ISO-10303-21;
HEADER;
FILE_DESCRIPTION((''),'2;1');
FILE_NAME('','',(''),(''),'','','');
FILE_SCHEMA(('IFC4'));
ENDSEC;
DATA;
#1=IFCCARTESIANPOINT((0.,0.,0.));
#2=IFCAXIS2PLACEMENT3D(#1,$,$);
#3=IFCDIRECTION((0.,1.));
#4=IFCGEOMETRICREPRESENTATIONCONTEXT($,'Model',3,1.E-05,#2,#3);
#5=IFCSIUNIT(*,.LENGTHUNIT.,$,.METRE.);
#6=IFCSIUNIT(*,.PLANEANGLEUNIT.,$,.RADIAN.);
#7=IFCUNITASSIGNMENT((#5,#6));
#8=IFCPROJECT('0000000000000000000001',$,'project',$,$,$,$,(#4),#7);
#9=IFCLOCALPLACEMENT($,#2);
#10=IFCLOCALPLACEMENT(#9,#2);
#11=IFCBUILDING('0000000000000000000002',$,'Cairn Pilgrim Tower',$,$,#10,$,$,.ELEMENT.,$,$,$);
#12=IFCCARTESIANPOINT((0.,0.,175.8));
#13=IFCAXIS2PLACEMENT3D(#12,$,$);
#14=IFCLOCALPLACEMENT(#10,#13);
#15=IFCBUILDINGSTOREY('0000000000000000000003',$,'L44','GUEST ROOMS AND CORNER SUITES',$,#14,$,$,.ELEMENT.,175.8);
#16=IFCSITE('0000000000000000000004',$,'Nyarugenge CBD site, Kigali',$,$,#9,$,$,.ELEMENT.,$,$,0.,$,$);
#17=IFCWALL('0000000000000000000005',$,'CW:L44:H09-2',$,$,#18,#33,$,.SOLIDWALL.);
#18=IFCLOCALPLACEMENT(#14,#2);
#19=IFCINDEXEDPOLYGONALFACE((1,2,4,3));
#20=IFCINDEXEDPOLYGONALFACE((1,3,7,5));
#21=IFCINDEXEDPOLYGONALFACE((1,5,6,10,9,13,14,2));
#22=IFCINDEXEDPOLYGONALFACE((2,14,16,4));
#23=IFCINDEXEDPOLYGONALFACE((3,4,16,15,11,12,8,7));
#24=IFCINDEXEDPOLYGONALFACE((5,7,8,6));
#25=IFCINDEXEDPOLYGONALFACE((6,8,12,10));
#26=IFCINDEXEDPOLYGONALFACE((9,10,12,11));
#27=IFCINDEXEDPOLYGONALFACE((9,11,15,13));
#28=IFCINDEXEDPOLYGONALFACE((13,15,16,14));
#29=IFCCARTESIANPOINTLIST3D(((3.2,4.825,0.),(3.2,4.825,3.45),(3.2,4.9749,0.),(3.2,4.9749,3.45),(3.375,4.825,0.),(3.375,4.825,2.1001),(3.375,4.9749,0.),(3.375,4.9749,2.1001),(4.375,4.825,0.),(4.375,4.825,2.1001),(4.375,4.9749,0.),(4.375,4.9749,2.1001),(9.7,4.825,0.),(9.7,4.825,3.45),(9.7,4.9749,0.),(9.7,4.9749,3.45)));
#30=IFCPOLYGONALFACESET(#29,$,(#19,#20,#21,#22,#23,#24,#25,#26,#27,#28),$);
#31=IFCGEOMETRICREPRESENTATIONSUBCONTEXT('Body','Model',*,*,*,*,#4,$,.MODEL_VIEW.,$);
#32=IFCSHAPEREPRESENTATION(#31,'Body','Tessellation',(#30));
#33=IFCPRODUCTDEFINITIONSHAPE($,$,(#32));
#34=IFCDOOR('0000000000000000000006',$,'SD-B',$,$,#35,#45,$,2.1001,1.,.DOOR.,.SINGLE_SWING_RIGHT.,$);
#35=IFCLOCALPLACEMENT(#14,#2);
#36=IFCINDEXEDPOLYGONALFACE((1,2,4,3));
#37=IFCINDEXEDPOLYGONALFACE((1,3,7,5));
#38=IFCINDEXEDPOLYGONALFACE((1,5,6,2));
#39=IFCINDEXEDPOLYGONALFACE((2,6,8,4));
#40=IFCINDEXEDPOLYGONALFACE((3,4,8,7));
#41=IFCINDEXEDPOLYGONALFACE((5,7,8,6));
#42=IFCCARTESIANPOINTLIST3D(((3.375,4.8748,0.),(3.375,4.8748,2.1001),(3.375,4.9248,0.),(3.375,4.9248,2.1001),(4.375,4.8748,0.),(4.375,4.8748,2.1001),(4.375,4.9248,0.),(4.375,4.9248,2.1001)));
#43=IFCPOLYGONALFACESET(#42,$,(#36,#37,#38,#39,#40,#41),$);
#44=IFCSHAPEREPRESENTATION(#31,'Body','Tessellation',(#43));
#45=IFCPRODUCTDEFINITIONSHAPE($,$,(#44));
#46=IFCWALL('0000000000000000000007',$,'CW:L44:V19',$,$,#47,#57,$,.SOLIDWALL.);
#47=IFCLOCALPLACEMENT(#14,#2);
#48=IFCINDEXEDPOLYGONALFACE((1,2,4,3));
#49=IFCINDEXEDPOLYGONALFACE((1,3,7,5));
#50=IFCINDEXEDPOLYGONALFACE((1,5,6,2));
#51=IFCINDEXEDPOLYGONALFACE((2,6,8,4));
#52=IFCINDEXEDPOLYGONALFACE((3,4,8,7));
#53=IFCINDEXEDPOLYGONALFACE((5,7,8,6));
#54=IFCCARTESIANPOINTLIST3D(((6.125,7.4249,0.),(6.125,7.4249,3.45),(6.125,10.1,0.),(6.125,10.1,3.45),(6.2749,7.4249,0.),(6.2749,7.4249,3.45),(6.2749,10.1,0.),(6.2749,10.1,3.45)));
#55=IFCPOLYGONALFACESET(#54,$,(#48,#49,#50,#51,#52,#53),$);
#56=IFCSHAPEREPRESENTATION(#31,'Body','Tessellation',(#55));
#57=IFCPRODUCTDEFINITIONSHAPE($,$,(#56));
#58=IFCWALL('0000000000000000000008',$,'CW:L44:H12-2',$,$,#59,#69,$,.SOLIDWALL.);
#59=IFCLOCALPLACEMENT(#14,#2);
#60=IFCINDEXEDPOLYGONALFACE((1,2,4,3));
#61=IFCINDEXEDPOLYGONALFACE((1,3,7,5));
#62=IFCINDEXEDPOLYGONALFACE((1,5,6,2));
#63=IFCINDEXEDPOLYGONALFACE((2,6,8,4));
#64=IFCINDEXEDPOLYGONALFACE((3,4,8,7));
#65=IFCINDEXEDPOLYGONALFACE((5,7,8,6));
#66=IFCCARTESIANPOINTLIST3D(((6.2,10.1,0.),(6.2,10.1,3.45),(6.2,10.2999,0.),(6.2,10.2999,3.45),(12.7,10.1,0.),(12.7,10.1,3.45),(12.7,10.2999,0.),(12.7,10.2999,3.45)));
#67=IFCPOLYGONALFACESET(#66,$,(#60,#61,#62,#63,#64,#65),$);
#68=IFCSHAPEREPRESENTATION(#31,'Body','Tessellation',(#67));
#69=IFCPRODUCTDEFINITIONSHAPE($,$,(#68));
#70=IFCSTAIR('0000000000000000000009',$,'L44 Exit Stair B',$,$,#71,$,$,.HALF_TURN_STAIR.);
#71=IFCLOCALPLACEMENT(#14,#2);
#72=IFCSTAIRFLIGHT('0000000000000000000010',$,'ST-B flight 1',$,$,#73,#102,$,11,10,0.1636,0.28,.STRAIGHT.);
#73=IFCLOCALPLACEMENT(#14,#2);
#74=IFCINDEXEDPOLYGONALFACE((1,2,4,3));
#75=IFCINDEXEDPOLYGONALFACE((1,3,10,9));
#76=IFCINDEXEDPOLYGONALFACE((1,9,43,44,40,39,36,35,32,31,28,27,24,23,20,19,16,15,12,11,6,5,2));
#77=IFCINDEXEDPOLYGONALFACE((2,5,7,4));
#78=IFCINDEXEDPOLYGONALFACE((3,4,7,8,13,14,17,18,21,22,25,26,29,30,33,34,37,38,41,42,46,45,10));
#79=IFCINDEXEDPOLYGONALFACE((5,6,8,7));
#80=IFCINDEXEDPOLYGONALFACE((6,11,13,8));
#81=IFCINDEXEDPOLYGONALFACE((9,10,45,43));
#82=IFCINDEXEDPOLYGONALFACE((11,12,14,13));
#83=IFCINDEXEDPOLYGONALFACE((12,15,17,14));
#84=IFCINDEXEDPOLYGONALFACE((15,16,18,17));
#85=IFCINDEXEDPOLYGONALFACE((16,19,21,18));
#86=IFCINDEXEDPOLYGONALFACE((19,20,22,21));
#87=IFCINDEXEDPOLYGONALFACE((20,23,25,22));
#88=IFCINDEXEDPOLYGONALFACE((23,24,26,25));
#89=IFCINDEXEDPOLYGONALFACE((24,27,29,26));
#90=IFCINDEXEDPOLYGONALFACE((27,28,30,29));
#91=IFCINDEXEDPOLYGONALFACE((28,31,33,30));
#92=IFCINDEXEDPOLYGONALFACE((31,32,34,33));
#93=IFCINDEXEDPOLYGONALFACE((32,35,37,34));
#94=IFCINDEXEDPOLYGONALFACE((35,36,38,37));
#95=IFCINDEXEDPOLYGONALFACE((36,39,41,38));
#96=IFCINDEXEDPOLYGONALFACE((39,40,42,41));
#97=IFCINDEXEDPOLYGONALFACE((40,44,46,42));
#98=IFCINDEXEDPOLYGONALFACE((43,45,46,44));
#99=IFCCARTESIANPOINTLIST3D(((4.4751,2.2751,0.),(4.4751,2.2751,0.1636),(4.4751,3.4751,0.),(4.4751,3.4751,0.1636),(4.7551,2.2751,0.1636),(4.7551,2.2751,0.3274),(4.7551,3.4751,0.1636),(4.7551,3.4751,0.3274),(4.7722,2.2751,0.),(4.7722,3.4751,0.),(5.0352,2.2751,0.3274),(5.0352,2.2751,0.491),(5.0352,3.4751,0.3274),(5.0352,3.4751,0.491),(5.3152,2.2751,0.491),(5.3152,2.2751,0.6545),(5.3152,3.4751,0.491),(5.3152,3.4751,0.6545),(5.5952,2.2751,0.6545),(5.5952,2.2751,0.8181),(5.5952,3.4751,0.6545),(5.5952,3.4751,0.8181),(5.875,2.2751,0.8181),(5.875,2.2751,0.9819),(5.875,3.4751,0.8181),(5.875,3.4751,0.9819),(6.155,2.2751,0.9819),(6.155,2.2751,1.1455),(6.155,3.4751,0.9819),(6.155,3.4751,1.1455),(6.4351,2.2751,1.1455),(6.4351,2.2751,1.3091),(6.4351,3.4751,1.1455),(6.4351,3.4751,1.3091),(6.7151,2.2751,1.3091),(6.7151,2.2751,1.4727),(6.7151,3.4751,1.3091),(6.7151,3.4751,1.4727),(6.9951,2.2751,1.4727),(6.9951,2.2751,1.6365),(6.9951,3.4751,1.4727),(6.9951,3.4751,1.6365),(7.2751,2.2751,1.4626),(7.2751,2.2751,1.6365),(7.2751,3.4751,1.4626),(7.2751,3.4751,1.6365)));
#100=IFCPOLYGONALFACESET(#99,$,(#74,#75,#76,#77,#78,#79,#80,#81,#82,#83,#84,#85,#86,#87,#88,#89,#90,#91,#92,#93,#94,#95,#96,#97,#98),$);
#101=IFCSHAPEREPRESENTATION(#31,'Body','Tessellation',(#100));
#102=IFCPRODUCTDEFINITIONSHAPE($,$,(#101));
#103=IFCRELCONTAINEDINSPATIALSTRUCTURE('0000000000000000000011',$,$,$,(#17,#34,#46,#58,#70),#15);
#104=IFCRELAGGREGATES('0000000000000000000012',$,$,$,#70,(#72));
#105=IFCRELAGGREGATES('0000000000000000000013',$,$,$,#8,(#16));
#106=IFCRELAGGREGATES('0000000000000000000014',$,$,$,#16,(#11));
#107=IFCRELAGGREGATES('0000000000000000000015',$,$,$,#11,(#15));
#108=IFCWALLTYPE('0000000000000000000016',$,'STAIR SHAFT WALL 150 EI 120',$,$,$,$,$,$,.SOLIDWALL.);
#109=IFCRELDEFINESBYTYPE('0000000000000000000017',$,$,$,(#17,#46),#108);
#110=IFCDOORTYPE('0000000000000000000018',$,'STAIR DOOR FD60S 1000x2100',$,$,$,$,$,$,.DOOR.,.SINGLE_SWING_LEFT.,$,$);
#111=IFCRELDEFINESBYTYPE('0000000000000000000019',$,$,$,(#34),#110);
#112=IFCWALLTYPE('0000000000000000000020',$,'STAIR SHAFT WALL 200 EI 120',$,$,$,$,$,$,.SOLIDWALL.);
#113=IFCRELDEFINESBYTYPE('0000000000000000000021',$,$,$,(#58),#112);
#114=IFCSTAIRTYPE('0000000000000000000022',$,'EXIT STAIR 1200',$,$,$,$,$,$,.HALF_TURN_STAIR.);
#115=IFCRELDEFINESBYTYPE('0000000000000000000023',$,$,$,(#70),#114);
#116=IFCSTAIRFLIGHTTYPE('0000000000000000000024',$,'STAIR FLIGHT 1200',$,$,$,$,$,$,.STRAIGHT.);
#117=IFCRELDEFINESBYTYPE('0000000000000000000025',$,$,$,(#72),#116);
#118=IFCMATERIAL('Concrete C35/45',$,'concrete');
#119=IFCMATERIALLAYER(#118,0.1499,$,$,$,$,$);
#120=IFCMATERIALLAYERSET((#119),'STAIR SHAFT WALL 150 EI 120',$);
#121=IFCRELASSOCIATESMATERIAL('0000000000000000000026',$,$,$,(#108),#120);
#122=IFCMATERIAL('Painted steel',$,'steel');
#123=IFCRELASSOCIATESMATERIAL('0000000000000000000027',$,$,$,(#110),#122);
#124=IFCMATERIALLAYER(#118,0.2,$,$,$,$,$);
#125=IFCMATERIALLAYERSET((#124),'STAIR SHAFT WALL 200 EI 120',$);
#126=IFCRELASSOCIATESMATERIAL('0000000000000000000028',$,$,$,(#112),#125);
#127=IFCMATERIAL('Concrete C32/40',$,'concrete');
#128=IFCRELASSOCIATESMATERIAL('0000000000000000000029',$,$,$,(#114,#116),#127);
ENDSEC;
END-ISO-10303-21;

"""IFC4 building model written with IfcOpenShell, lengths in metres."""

from ifc_helpers import new_model, si_unit, direction, frame, frame_2d, origin, place, context, subcontext, project, spatial, polyline, rectangle, outline, extrude, material, layer, layer_set, type_object, element, fill, aggregate, save


model = new_model("IFC4")

# Units and contexts
model_context = context("Model", 3, precision=1e-05, world=origin(), true_north=direction((0.0, 1.0)))
body_context = subcontext(model_context, "Body", "Model", "MODEL_VIEW")
ifc_project = project(units=[si_unit("LENGTHUNIT", "METRE"), si_unit("PLANEANGLEUNIT", "RADIAN")], contexts=[model_context])

# Site, building, storey
site_placement = place(None, origin())
site = spatial("IfcSite", under=ifc_project, at=site_placement, Name="Nyarugenge CBD site, Kigali", CompositionType="ELEMENT", RefElevation=0.0)
building_placement = place(site_placement, origin())
building = spatial("IfcBuilding", under=site, at=building_placement, Name="Cairn Pilgrim Tower", CompositionType="ELEMENT")
storey_placement = place(building_placement, frame((0.0, 0.0, 175.8)))
storey = spatial("IfcBuildingStorey", under=building, at=storey_placement, Name="L44", Description="GUEST ROOMS AND CORNER SUITES", CompositionType="ELEMENT", Elevation=175.8)

# Shared definitions
ifc_material_1 = material(Name="Concrete C32/40", Category="concrete")

# Wall, opening, door
ifc_material_2 = material(Name="Concrete C35/45", Category="concrete")
ifc_layer_1 = layer(ifc_material_2, 0.1499)
ifc_layer_set_1 = layer_set([ifc_layer_1], Name="STAIR SHAFT WALL 150 EI 120")
wall_type_1 = type_object("IfcWallType", Name="STAIR SHAFT WALL 150 EI 120", PredefinedType="SOLIDWALL", material=ifc_layer_set_1)
wall_1_placement = place(storey_placement, frame((3.2, 4.8999, 0.0), z_axis=(0.0, 0.0, 1.0), x_axis=(1.0, 0.0, 0.0)))
wall_1 = element("IfcWall", 1, at=wall_1_placement, inside=storey, type_object=wall_type_1, Name="CW:L44:H09-2", PredefinedType="SOLIDWALL", context=body_context, shape_type="SweptSolid", body=[
    extrude(rectangle(XDim=6.5, YDim=0.1499, at=frame_2d((3.25, 0.0))), origin(), (0.0, 0.0, 1.0), 3.45),
])
opening_1_placement = place(wall_1_placement, frame((0.175, 0.0, 0.0)))
opening_1 = element("IfcOpeningElement", 2, at=opening_1_placement, cuts=wall_1, PredefinedType="OPENING", context=body_context, shape_type="SweptSolid", body=[
    extrude(rectangle(XDim=1.0, YDim=2.1001, at=frame_2d((0.5, 1.05))), frame((0.0, 0.085, 0.0), z_axis=(0.0, -1.0, 0.0), x_axis=(1.0, 0.0, 0.0)), (0.0, 0.0, 1.0), 0.1699),
])
ifc_material_3 = material(Name="Painted steel", Category="steel")
door_type_1 = type_object("IfcDoorType", Name="STAIR DOOR FD60S 1000x2100", OperationType="SINGLE_SWING_LEFT", PredefinedType="DOOR", material=ifc_material_3)
door_1_placement = place(opening_1_placement, origin())
door_1 = element("IfcDoor", 3, at=door_1_placement, inside=storey, type_object=door_type_1, Name="SD-B", OperationType="SINGLE_SWING_RIGHT", OverallHeight=2.1001, OverallWidth=1.0, PredefinedType="DOOR", context=body_context, shape_type="SweptSolid", body=[
    extrude(rectangle(XDim=1.0, YDim=2.1001, at=frame_2d((0.5, 1.05))), frame((0.0, 0.0249, 0.0), z_axis=(0.0, -1.0, 0.0), x_axis=(1.0, 0.0, 0.0)), (0.0, 0.0, 1.0), 0.05),
])
fill(opening_1, door_1)

# Walls
wall_2_placement = place(storey_placement, frame((6.2, 7.425, 0.0), z_axis=(0.0, 0.0, 1.0), x_axis=(0.0, 1.0, 0.0)))
element("IfcWall", 4, at=wall_2_placement, inside=storey, type_object=wall_type_1, Name="CW:L44:V19", PredefinedType="SOLIDWALL", context=body_context, shape_type="SweptSolid", body=[
    extrude(rectangle(XDim=2.675, YDim=0.1499, at=frame_2d((1.3374, 0.0))), origin(), (0.0, 0.0, 1.0), 3.45),
])
ifc_layer_2 = layer(ifc_material_2, 0.2)
ifc_layer_set_2 = layer_set([ifc_layer_2], Name="STAIR SHAFT WALL 200 EI 120")
wall_type_2 = type_object("IfcWallType", Name="STAIR SHAFT WALL 200 EI 120", PredefinedType="SOLIDWALL", material=ifc_layer_set_2)
wall_3_placement = place(storey_placement, frame((6.2, 10.2, 0.0), z_axis=(0.0, 0.0, 1.0), x_axis=(1.0, 0.0, 0.0)))
element("IfcWall", 5, at=wall_3_placement, inside=storey, type_object=wall_type_2, Name="CW:L44:H12-2", PredefinedType="SOLIDWALL", context=body_context, shape_type="SweptSolid", body=[
    extrude(rectangle(XDim=6.5, YDim=0.2, at=frame_2d((3.25, 0.0))), origin(), (0.0, 0.0, 1.0), 3.45),
])

# Stair, stair flight
stair_type = type_object("IfcStairType", Name="EXIT STAIR 1200", PredefinedType="HALF_TURN_STAIR", material=ifc_material_1)
stair_placement = place(storey_placement, origin())
stair = element("IfcStair", 6, at=stair_placement, inside=storey, type_object=stair_type, Name="L44 Exit Stair B", PredefinedType="HALF_TURN_STAIR")
stair_flight_type = type_object("IfcStairFlightType", Name="STAIR FLIGHT 1200", PredefinedType="STRAIGHT", material=ifc_material_1)
stair_flight_placement = place(storey_placement, frame((4.4751, 2.875, 0.0), z_axis=(0.0, 0.0, 1.0), x_axis=(1.0, 0.0, 0.0)))
stair_flight = element("IfcStairFlight", 7, at=stair_flight_placement, type_object=stair_flight_type, Name="ST-B flight 1", NumberOfRisers=11, NumberOfTreads=10, PredefinedType="STRAIGHT", RiserHeight=0.1636, TreadLength=0.28, context=body_context, shape_type="SweptSolid", body=[
    extrude(outline(polyline([(0.0, 0.0), (0.0, 0.1636), (0.28, 0.1636), (0.28, 0.3274), (0.5601, 0.3274), (0.5601, 0.491), (0.8401, 0.491), (0.8401, 0.6545), (1.1201, 0.6545), (1.1201, 0.8181), (1.3999, 0.8181), (1.3999, 0.9819), (1.6799, 0.9819), (1.6799, 1.1455), (1.96, 1.1455), (1.96, 1.3091), (2.24, 1.3091), (2.24, 1.4727), (2.52, 1.4727), (2.52, 1.6365), (2.8, 1.6365), (2.8, 1.8), (2.8, 1.4626), (0.2971, 0.0), (0.0, 0.0)])), frame((0.0, 0.6001, 0.0), z_axis=(0.0, -1.0, 0.0), x_axis=(1.0, 0.0, 0.0)), (0.0, 0.0, 1.0), 1.2),
])
aggregate(stair, [stair_flight])

save(model, "model.ifc")
